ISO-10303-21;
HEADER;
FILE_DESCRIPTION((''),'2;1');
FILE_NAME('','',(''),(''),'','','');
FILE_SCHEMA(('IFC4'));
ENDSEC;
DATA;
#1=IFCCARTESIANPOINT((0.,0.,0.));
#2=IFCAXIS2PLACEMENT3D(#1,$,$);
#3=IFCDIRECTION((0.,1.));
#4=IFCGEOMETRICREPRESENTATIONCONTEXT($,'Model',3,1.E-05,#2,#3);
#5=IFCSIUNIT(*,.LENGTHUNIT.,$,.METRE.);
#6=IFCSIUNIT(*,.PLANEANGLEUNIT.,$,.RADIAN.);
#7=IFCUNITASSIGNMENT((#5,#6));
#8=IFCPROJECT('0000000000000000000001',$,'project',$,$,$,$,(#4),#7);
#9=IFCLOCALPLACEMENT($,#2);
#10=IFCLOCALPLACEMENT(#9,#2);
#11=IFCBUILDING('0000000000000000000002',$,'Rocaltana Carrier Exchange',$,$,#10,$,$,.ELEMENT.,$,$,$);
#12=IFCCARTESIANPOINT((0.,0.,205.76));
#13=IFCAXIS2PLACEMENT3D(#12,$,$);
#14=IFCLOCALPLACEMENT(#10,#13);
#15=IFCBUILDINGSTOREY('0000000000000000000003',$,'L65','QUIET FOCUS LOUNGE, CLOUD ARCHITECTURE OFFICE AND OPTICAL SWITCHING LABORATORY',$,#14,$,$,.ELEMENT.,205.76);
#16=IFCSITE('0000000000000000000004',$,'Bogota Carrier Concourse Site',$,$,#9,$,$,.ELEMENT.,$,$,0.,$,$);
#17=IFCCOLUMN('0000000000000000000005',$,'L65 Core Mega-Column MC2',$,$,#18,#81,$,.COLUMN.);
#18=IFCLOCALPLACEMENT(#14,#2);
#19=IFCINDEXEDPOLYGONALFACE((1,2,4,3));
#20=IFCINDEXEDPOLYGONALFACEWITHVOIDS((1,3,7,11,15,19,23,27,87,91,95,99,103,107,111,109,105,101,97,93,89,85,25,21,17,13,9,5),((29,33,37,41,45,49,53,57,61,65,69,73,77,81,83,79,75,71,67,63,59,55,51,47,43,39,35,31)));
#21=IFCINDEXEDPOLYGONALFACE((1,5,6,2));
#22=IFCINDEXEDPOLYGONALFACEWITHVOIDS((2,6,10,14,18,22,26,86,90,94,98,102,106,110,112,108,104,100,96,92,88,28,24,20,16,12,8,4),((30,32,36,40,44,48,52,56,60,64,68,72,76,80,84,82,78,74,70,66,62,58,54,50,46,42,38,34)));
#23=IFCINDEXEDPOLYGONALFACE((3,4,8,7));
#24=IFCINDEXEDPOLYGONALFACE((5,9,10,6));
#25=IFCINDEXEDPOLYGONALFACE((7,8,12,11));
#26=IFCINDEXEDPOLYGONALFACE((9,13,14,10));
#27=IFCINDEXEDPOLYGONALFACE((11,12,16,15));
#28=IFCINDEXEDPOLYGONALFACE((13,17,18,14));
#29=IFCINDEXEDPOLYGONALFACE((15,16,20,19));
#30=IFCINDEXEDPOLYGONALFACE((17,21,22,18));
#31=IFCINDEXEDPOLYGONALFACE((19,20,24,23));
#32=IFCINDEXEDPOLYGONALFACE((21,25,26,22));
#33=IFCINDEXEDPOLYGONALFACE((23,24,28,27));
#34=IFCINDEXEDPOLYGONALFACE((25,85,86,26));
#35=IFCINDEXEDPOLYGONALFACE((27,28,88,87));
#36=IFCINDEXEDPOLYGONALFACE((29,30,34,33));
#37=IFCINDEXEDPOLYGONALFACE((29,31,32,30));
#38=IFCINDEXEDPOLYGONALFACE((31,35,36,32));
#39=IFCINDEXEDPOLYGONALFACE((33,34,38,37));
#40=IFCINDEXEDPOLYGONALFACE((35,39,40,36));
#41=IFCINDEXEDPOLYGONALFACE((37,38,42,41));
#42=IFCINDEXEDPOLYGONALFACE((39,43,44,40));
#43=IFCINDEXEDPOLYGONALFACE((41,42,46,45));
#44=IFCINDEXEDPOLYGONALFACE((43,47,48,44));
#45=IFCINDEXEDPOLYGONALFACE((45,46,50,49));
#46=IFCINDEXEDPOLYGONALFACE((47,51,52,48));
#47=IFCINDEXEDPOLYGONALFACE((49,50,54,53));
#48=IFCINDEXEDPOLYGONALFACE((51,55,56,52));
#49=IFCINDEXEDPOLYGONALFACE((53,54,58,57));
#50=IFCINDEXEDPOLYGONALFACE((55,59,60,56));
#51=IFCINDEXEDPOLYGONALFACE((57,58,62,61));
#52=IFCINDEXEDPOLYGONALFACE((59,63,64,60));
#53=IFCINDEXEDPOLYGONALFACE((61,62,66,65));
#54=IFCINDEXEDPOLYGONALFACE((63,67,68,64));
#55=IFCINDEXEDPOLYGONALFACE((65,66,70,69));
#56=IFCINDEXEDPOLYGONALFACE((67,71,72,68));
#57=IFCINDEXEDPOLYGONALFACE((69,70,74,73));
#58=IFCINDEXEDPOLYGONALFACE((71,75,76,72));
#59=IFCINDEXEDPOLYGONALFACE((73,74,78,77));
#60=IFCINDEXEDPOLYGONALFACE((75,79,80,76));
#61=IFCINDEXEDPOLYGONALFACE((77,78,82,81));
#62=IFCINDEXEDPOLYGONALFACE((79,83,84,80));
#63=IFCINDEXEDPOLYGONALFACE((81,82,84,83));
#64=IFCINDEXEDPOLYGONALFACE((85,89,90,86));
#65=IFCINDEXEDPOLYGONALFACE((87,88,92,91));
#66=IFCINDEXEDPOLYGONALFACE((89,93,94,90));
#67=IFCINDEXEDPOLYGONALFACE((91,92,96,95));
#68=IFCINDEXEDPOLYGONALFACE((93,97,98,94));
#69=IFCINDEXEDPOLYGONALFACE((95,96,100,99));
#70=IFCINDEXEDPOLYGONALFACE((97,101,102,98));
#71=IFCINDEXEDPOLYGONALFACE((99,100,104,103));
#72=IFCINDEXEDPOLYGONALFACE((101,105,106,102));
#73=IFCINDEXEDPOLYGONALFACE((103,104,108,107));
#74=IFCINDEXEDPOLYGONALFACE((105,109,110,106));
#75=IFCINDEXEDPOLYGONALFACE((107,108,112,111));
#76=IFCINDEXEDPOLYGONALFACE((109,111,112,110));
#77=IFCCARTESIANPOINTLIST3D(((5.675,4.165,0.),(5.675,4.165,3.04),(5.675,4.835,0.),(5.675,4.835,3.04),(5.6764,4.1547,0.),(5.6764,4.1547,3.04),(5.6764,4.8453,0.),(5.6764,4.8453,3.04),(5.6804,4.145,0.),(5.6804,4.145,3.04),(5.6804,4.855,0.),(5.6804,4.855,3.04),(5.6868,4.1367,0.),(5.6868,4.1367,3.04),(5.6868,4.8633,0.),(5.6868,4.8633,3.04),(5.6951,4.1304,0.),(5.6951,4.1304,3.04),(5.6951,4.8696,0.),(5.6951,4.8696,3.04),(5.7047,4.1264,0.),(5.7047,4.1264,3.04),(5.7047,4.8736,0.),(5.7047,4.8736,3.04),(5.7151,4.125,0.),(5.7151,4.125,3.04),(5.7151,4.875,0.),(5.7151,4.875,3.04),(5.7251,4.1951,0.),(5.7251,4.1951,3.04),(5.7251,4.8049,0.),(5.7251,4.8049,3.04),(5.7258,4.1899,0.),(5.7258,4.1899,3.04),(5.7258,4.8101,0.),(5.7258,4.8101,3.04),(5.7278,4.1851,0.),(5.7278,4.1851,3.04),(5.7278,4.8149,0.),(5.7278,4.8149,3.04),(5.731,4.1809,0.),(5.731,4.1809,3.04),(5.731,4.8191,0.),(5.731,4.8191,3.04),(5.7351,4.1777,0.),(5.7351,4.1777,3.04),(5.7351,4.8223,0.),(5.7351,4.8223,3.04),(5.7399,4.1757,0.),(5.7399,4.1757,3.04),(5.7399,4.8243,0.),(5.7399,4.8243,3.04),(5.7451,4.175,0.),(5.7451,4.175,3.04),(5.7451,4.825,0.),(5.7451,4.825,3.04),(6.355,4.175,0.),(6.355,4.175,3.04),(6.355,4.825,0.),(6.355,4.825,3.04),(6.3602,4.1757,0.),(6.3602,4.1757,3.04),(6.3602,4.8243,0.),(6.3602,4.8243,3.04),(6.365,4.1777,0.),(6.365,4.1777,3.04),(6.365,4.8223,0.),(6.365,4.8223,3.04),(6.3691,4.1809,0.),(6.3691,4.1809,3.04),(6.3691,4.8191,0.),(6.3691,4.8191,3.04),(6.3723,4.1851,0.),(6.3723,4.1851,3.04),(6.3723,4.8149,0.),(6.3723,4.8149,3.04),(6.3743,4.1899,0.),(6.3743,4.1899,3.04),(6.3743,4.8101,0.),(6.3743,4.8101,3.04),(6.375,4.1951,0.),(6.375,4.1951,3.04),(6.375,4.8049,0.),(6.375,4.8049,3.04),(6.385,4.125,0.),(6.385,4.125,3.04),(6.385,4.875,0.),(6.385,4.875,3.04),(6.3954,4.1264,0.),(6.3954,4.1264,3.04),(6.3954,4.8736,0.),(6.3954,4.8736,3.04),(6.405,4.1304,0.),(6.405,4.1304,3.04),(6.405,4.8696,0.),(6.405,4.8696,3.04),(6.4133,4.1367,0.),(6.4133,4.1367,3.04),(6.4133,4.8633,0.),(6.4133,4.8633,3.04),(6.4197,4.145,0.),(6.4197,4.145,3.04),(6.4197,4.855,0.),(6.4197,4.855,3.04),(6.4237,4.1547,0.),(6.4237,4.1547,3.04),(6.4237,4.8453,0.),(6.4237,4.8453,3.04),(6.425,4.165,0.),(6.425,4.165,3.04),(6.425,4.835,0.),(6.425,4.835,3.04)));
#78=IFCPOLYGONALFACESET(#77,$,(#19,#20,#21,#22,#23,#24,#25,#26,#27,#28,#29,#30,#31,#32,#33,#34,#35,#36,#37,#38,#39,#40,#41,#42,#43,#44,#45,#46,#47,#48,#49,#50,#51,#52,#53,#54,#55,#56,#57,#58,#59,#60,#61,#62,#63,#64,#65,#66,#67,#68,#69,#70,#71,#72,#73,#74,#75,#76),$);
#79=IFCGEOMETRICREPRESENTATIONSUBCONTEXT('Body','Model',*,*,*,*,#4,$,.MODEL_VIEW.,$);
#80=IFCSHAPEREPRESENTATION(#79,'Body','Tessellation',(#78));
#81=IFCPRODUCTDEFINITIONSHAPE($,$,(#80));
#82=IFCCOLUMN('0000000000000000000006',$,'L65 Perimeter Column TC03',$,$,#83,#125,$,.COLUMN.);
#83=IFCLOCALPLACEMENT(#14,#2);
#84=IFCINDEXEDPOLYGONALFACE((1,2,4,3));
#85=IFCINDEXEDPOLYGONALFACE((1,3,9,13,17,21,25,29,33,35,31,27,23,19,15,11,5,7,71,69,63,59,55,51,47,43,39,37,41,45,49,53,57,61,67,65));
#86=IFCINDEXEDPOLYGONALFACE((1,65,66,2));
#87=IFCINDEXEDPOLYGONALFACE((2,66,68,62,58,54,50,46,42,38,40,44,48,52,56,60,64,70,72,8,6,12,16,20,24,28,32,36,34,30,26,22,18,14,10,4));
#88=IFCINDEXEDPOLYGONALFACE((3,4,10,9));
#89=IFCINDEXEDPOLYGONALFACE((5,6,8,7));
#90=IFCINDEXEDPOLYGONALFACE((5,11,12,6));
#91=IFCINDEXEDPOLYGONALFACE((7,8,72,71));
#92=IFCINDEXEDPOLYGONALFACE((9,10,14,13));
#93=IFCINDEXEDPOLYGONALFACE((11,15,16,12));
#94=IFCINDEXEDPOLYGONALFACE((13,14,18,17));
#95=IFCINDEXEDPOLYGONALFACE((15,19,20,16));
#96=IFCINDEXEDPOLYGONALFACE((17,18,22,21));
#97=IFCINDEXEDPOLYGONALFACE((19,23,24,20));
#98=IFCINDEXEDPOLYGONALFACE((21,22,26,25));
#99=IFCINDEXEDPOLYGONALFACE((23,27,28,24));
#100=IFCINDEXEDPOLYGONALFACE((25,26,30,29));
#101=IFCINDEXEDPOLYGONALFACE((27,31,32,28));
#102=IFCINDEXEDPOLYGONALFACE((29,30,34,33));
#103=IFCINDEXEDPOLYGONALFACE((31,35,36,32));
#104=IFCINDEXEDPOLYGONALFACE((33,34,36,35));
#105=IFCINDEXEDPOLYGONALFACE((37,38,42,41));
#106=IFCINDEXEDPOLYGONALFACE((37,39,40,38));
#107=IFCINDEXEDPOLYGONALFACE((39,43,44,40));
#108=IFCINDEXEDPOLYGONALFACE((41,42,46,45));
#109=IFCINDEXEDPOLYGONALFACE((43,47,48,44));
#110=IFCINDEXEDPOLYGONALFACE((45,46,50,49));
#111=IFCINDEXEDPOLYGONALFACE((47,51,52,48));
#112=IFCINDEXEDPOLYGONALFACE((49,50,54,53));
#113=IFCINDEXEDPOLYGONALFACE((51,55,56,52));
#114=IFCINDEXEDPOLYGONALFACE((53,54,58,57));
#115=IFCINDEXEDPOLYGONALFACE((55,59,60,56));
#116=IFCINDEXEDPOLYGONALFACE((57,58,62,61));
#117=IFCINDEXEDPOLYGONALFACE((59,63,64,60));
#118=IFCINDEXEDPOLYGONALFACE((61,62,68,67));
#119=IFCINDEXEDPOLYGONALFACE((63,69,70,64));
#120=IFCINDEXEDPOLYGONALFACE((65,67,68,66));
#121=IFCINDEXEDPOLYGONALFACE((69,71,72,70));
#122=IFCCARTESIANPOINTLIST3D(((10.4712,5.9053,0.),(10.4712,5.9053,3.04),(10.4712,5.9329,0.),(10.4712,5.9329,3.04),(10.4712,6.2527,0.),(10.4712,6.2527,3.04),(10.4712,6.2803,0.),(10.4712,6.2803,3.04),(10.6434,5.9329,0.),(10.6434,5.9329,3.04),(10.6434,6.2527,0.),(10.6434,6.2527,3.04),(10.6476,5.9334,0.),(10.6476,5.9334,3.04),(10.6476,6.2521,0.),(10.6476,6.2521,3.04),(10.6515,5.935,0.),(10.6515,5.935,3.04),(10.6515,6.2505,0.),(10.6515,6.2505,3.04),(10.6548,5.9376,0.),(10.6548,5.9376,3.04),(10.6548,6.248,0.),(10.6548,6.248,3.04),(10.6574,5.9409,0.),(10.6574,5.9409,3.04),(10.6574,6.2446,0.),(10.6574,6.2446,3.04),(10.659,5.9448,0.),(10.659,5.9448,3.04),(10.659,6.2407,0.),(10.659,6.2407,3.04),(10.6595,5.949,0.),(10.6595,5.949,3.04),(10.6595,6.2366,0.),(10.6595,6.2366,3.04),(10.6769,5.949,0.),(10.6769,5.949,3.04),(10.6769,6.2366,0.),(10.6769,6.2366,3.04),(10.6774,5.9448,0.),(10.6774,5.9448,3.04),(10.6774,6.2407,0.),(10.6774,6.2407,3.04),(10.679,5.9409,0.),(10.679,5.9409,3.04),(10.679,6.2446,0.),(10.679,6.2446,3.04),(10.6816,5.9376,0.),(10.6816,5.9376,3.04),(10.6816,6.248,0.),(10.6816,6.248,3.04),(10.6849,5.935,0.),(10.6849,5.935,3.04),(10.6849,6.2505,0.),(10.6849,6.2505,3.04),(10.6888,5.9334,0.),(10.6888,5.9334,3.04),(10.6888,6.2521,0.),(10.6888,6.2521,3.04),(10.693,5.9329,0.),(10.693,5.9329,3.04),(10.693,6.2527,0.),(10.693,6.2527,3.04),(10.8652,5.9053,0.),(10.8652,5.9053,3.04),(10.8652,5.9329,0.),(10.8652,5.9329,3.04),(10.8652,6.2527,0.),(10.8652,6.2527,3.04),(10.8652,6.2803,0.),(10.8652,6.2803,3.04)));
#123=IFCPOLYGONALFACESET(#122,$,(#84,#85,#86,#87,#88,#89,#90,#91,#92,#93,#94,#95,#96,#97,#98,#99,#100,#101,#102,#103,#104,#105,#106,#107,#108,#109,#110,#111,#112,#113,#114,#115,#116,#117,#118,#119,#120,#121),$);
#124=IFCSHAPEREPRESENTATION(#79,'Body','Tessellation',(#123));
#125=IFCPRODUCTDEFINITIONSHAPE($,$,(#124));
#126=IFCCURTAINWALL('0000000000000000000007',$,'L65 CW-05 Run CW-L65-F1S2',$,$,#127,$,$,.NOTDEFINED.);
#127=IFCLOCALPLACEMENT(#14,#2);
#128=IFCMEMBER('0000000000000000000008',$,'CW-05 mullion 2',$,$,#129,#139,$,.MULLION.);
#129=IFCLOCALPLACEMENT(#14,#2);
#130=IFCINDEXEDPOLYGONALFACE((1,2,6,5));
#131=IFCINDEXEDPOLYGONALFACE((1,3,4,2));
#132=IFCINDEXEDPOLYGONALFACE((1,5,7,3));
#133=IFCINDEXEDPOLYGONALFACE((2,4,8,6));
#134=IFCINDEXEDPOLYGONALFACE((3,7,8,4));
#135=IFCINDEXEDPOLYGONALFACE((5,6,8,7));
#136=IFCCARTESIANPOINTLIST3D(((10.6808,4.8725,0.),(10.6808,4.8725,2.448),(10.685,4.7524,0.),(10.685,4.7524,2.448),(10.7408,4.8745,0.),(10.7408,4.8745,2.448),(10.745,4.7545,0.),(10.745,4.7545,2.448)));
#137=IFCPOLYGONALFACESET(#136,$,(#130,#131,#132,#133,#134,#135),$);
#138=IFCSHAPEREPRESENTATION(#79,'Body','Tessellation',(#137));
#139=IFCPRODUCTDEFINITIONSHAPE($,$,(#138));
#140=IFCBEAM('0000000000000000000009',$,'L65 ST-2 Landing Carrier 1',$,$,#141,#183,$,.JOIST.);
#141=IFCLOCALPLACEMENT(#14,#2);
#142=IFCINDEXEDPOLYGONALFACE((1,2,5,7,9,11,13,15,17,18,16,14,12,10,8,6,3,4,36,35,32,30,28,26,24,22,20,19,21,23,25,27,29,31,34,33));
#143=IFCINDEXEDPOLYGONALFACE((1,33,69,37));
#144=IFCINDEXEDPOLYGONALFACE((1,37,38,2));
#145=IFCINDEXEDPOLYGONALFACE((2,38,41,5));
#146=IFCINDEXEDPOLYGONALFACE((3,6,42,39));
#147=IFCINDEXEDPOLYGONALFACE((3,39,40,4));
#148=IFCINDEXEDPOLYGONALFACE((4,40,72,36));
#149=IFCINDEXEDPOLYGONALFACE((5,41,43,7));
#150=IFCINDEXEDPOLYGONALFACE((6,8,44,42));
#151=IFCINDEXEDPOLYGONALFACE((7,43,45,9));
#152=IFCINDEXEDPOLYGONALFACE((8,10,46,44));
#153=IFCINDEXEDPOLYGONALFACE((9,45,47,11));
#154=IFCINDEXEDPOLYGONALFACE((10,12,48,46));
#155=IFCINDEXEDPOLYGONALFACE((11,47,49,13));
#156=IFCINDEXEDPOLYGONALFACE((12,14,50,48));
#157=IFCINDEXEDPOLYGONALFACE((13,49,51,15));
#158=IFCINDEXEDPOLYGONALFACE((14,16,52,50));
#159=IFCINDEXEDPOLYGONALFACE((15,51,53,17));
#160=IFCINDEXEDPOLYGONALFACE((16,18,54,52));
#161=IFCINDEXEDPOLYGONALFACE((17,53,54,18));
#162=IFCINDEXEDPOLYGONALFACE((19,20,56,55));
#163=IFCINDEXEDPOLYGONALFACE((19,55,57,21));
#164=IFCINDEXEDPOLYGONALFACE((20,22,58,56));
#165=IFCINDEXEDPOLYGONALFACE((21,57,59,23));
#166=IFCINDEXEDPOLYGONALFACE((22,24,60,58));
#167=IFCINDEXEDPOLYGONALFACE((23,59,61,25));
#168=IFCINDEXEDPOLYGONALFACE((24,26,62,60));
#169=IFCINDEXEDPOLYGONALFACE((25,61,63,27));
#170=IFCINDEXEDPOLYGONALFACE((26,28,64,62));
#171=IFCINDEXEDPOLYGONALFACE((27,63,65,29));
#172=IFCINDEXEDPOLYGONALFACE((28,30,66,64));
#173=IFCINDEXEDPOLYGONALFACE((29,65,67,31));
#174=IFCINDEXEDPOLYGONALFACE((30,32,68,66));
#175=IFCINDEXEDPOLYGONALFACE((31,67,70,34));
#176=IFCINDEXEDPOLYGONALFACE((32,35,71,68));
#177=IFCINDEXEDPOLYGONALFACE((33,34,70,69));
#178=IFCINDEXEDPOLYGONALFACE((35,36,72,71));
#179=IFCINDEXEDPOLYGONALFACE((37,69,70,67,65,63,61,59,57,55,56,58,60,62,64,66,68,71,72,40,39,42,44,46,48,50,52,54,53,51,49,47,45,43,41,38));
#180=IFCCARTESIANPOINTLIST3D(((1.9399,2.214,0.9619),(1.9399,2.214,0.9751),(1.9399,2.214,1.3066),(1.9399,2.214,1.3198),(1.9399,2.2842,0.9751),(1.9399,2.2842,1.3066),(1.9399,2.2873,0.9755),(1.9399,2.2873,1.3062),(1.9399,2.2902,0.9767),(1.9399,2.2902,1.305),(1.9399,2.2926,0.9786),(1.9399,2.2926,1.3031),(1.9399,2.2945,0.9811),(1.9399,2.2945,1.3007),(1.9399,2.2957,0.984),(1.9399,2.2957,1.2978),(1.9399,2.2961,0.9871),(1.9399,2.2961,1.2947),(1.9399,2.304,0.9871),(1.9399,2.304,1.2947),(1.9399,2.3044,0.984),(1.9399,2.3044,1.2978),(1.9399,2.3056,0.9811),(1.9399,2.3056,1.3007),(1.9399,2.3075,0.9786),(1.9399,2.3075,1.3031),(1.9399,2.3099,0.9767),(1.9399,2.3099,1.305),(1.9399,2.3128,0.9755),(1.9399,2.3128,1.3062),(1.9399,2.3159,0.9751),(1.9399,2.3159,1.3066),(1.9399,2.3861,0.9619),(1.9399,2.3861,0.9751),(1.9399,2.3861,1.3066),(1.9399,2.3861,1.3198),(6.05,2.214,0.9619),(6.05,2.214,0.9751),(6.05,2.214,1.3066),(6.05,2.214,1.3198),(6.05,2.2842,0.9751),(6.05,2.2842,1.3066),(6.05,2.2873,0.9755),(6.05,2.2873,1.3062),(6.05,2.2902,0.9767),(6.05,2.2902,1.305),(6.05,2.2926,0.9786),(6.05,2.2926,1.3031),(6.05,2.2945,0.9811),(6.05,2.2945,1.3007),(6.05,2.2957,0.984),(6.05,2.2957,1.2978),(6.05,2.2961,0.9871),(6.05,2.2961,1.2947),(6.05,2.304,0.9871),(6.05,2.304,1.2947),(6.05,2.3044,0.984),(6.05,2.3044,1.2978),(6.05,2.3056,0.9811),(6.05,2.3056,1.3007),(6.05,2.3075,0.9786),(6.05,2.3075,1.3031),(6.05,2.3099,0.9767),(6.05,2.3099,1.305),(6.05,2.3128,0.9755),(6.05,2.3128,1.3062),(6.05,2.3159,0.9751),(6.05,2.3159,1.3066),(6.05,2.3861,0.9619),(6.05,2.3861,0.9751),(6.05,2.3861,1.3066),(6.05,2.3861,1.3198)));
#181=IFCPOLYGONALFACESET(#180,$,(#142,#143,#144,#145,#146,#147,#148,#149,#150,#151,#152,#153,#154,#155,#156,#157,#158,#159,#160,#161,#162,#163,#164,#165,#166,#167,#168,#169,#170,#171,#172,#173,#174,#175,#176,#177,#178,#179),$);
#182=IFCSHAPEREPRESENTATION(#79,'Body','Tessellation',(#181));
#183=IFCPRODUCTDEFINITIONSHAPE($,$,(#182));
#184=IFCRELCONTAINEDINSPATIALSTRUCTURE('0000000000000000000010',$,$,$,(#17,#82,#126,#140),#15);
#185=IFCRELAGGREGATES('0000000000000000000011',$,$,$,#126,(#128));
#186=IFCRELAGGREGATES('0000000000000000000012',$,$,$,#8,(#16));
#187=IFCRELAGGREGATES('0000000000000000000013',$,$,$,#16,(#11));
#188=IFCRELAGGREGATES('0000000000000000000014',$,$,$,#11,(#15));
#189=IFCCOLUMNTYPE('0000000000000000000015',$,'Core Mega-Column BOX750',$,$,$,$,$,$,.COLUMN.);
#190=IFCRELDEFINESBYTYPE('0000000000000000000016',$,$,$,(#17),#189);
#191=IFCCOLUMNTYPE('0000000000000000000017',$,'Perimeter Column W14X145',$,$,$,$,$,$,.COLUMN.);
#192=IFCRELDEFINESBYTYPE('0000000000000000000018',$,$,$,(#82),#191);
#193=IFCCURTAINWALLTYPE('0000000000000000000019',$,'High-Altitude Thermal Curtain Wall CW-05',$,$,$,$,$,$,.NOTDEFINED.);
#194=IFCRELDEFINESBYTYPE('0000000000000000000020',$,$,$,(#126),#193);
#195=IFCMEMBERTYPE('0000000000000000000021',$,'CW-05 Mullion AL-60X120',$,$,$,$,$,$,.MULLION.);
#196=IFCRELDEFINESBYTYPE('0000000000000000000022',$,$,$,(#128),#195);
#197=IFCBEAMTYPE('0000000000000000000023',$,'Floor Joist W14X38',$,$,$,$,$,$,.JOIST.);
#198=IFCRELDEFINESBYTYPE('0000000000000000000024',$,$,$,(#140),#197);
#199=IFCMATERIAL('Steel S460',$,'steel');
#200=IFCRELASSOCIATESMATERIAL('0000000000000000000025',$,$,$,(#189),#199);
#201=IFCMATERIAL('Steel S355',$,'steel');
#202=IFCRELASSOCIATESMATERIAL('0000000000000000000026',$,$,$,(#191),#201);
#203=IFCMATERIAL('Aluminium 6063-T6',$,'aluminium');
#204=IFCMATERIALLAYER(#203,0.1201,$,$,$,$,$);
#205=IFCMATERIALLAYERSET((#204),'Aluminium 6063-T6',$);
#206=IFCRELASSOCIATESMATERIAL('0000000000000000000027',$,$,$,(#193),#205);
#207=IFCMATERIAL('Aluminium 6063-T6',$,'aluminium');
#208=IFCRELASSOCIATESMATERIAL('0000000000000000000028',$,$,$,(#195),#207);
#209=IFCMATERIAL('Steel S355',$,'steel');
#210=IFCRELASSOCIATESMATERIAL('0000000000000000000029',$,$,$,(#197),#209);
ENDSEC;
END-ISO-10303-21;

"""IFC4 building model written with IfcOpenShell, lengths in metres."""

from ifc_helpers import new_model, si_unit, direction, frame, origin, origin_2d, place, context, subcontext, project, spatial, rectangle, hollow_rectangle, i_section, extrude, material, layer, layer_set, material_profile, profile_set, type_object, element, aggregate, save


model = new_model("IFC4")

# Units and contexts
model_context = context("Model", 3, precision=1e-05, world=origin(), true_north=direction((0.0, 1.0)))
body_context = subcontext(model_context, "Body", "Model", "MODEL_VIEW")
ifc_project = project(units=[si_unit("LENGTHUNIT", "METRE"), si_unit("PLANEANGLEUNIT", "RADIAN")], contexts=[model_context])

# Site, building, storey
site_placement = place(None, origin())
site = spatial("IfcSite", under=ifc_project, at=site_placement, Name="Bogota Carrier Concourse Site", CompositionType="ELEMENT", RefElevation=0.0)
building_placement = place(site_placement, origin())
building = spatial("IfcBuilding", under=site, at=building_placement, Name="Rocaltana Carrier Exchange", CompositionType="ELEMENT")
storey_placement = place(building_placement, frame((0.0, 0.0, 205.76)))
storey = spatial("IfcBuildingStorey", under=building, at=storey_placement, Name="L65", Description="QUIET FOCUS LOUNGE, CLOUD ARCHITECTURE OFFICE AND OPTICAL SWITCHING LABORATORY", CompositionType="ELEMENT", Elevation=205.76)

# Columns
ifc_material_1 = material(Name="Steel S460", Category="steel")
ifc_material_profile_1 = material_profile(ifc_material_1, hollow_rectangle(XDim=0.75, YDim=0.75, WallThickness=0.05, InnerFilletRadius=0.02, OuterFilletRadius=0.04, at=origin_2d()), Name="BOX750X750X50")
ifc_profile_set_1 = profile_set([ifc_material_profile_1], Name="Steel S460")
column_type_1 = type_object("IfcColumnType", Name="Core Mega-Column BOX750", PredefinedType="COLUMN", material=ifc_profile_set_1)
column_1_placement = place(storey_placement, frame((6.05, 4.5, 0.0), z_axis=(0.0, 0.0, 1.0), x_axis=(1.0, 0.0, 0.0)))
element("IfcColumn", 1, at=column_1_placement, inside=storey, type_object=column_type_1, Name="L65 Core Mega-Column MC2", PredefinedType="COLUMN", context=body_context, shape_type="SweptSolid", body=[
    extrude(hollow_rectangle(XDim=0.75, YDim=0.75, WallThickness=0.05, InnerFilletRadius=0.02, OuterFilletRadius=0.04, at=origin_2d()), origin(), (0.0, 0.0, 1.0), 3.04),
])
ifc_material_2 = material(Name="Steel S355", Category="steel")
ifc_material_profile_2 = material_profile(ifc_material_2, i_section(OverallWidth=0.394, OverallDepth=0.375, WebThickness=0.0173, FlangeThickness=0.0276, FilletRadius=0.0161, at=origin_2d()), Name="W14X145")
ifc_profile_set_2 = profile_set([ifc_material_profile_2], Name="Steel S355")
column_type_2 = type_object("IfcColumnType", Name="Perimeter Column W14X145", PredefinedType="COLUMN", material=ifc_profile_set_2)
column_2_placement = place(storey_placement, frame((10.6682, 6.0928, 0.0), z_axis=(0.0, 0.0, 1.0), x_axis=(1.0, 0.0, 0.0)))
element("IfcColumn", 2, at=column_2_placement, inside=storey, type_object=column_type_2, Name="L65 Perimeter Column TC03", PredefinedType="COLUMN", context=body_context, shape_type="SweptSolid", body=[
    extrude(i_section(OverallWidth=0.394, OverallDepth=0.375, WebThickness=0.0173, FlangeThickness=0.0276, FilletRadius=0.0161, at=origin_2d()), origin(), (0.0, 0.0, 1.0), 3.04),
])

# Curtain wall, member
ifc_material_3 = material(Name="Aluminium 6063-T6", Category="aluminium")
ifc_layer_1 = layer(ifc_material_3, 0.1201)
ifc_layer_set_1 = layer_set([ifc_layer_1], Name="Aluminium 6063-T6")
curtain_wall_type = type_object("IfcCurtainWallType", Name="High-Altitude Thermal Curtain Wall CW-05", PredefinedType="NOTDEFINED", material=ifc_layer_set_1)
curtain_wall_placement = place(storey_placement, origin())
curtain_wall = element("IfcCurtainWall", 3, at=curtain_wall_placement, inside=storey, type_object=curtain_wall_type, Name="L65 CW-05 Run CW-L65-F1S2", PredefinedType="NOTDEFINED")
ifc_material_4 = material(Name="Aluminium 6063-T6", Category="aluminium")
ifc_material_profile_3 = material_profile(ifc_material_4, rectangle(XDim=0.0601, YDim=0.1201, at=origin_2d()), Name="AL-60X120")
ifc_profile_set_3 = profile_set([ifc_material_profile_3], Name="Aluminium 6063-T6")
member_type = type_object("IfcMemberType", Name="CW-05 Mullion AL-60X120", PredefinedType="MULLION", material=ifc_profile_set_3)
member_placement = place(storey_placement, frame((10.7129, 4.8135, 0.0), z_axis=(0.0, 0.0, 1.0), x_axis=(-0.999391, -0.034903, 0.0)))
member = element("IfcMember", 4, at=member_placement, type_object=member_type, Name="CW-05 mullion 2", PredefinedType="MULLION", context=body_context, shape_type="SweptSolid", body=[
    extrude(rectangle(XDim=0.0601, YDim=0.1201, at=origin_2d()), origin(), (0.0, 0.0, 1.0), 2.448),
])

# Beam
ifc_material_5 = material(Name="Steel S355", Category="steel")
ifc_material_profile_4 = material_profile(ifc_material_5, i_section(OverallWidth=0.1721, OverallDepth=0.3579, WebThickness=0.0078, FlangeThickness=0.0132, FilletRadius=0.012, at=origin_2d()), Name="W14X38")
ifc_profile_set_4 = profile_set([ifc_material_profile_4], Name="Steel S355")
beam_type_1 = type_object("IfcBeamType", Name="Floor Joist W14X38", PredefinedType="JOIST", material=ifc_profile_set_4)
for number, where, z_axis, x_axis, name in (
    (5, (1.9399, 2.3, 1.1409), (1.0, 0.0, 0.0), (0.0, 1.0, 0.0), "L65 ST-2 Landing Carrier 1"),
):
    element("IfcBeam", number, at=place(storey_placement, frame(where, z_axis=z_axis, x_axis=x_axis)), inside=storey, type_object=beam_type_1, Name=name, PredefinedType="JOIST", context=body_context, shape_type="SweptSolid", body=[
        extrude(i_section(OverallWidth=0.1721, OverallDepth=0.3579, WebThickness=0.0078, FlangeThickness=0.0132, FilletRadius=0.012, at=origin_2d()), origin(), (0.0, 0.0, 1.0), 4.1101),
    ])

aggregate(curtain_wall, [member])

save(model, "model.ifc")
